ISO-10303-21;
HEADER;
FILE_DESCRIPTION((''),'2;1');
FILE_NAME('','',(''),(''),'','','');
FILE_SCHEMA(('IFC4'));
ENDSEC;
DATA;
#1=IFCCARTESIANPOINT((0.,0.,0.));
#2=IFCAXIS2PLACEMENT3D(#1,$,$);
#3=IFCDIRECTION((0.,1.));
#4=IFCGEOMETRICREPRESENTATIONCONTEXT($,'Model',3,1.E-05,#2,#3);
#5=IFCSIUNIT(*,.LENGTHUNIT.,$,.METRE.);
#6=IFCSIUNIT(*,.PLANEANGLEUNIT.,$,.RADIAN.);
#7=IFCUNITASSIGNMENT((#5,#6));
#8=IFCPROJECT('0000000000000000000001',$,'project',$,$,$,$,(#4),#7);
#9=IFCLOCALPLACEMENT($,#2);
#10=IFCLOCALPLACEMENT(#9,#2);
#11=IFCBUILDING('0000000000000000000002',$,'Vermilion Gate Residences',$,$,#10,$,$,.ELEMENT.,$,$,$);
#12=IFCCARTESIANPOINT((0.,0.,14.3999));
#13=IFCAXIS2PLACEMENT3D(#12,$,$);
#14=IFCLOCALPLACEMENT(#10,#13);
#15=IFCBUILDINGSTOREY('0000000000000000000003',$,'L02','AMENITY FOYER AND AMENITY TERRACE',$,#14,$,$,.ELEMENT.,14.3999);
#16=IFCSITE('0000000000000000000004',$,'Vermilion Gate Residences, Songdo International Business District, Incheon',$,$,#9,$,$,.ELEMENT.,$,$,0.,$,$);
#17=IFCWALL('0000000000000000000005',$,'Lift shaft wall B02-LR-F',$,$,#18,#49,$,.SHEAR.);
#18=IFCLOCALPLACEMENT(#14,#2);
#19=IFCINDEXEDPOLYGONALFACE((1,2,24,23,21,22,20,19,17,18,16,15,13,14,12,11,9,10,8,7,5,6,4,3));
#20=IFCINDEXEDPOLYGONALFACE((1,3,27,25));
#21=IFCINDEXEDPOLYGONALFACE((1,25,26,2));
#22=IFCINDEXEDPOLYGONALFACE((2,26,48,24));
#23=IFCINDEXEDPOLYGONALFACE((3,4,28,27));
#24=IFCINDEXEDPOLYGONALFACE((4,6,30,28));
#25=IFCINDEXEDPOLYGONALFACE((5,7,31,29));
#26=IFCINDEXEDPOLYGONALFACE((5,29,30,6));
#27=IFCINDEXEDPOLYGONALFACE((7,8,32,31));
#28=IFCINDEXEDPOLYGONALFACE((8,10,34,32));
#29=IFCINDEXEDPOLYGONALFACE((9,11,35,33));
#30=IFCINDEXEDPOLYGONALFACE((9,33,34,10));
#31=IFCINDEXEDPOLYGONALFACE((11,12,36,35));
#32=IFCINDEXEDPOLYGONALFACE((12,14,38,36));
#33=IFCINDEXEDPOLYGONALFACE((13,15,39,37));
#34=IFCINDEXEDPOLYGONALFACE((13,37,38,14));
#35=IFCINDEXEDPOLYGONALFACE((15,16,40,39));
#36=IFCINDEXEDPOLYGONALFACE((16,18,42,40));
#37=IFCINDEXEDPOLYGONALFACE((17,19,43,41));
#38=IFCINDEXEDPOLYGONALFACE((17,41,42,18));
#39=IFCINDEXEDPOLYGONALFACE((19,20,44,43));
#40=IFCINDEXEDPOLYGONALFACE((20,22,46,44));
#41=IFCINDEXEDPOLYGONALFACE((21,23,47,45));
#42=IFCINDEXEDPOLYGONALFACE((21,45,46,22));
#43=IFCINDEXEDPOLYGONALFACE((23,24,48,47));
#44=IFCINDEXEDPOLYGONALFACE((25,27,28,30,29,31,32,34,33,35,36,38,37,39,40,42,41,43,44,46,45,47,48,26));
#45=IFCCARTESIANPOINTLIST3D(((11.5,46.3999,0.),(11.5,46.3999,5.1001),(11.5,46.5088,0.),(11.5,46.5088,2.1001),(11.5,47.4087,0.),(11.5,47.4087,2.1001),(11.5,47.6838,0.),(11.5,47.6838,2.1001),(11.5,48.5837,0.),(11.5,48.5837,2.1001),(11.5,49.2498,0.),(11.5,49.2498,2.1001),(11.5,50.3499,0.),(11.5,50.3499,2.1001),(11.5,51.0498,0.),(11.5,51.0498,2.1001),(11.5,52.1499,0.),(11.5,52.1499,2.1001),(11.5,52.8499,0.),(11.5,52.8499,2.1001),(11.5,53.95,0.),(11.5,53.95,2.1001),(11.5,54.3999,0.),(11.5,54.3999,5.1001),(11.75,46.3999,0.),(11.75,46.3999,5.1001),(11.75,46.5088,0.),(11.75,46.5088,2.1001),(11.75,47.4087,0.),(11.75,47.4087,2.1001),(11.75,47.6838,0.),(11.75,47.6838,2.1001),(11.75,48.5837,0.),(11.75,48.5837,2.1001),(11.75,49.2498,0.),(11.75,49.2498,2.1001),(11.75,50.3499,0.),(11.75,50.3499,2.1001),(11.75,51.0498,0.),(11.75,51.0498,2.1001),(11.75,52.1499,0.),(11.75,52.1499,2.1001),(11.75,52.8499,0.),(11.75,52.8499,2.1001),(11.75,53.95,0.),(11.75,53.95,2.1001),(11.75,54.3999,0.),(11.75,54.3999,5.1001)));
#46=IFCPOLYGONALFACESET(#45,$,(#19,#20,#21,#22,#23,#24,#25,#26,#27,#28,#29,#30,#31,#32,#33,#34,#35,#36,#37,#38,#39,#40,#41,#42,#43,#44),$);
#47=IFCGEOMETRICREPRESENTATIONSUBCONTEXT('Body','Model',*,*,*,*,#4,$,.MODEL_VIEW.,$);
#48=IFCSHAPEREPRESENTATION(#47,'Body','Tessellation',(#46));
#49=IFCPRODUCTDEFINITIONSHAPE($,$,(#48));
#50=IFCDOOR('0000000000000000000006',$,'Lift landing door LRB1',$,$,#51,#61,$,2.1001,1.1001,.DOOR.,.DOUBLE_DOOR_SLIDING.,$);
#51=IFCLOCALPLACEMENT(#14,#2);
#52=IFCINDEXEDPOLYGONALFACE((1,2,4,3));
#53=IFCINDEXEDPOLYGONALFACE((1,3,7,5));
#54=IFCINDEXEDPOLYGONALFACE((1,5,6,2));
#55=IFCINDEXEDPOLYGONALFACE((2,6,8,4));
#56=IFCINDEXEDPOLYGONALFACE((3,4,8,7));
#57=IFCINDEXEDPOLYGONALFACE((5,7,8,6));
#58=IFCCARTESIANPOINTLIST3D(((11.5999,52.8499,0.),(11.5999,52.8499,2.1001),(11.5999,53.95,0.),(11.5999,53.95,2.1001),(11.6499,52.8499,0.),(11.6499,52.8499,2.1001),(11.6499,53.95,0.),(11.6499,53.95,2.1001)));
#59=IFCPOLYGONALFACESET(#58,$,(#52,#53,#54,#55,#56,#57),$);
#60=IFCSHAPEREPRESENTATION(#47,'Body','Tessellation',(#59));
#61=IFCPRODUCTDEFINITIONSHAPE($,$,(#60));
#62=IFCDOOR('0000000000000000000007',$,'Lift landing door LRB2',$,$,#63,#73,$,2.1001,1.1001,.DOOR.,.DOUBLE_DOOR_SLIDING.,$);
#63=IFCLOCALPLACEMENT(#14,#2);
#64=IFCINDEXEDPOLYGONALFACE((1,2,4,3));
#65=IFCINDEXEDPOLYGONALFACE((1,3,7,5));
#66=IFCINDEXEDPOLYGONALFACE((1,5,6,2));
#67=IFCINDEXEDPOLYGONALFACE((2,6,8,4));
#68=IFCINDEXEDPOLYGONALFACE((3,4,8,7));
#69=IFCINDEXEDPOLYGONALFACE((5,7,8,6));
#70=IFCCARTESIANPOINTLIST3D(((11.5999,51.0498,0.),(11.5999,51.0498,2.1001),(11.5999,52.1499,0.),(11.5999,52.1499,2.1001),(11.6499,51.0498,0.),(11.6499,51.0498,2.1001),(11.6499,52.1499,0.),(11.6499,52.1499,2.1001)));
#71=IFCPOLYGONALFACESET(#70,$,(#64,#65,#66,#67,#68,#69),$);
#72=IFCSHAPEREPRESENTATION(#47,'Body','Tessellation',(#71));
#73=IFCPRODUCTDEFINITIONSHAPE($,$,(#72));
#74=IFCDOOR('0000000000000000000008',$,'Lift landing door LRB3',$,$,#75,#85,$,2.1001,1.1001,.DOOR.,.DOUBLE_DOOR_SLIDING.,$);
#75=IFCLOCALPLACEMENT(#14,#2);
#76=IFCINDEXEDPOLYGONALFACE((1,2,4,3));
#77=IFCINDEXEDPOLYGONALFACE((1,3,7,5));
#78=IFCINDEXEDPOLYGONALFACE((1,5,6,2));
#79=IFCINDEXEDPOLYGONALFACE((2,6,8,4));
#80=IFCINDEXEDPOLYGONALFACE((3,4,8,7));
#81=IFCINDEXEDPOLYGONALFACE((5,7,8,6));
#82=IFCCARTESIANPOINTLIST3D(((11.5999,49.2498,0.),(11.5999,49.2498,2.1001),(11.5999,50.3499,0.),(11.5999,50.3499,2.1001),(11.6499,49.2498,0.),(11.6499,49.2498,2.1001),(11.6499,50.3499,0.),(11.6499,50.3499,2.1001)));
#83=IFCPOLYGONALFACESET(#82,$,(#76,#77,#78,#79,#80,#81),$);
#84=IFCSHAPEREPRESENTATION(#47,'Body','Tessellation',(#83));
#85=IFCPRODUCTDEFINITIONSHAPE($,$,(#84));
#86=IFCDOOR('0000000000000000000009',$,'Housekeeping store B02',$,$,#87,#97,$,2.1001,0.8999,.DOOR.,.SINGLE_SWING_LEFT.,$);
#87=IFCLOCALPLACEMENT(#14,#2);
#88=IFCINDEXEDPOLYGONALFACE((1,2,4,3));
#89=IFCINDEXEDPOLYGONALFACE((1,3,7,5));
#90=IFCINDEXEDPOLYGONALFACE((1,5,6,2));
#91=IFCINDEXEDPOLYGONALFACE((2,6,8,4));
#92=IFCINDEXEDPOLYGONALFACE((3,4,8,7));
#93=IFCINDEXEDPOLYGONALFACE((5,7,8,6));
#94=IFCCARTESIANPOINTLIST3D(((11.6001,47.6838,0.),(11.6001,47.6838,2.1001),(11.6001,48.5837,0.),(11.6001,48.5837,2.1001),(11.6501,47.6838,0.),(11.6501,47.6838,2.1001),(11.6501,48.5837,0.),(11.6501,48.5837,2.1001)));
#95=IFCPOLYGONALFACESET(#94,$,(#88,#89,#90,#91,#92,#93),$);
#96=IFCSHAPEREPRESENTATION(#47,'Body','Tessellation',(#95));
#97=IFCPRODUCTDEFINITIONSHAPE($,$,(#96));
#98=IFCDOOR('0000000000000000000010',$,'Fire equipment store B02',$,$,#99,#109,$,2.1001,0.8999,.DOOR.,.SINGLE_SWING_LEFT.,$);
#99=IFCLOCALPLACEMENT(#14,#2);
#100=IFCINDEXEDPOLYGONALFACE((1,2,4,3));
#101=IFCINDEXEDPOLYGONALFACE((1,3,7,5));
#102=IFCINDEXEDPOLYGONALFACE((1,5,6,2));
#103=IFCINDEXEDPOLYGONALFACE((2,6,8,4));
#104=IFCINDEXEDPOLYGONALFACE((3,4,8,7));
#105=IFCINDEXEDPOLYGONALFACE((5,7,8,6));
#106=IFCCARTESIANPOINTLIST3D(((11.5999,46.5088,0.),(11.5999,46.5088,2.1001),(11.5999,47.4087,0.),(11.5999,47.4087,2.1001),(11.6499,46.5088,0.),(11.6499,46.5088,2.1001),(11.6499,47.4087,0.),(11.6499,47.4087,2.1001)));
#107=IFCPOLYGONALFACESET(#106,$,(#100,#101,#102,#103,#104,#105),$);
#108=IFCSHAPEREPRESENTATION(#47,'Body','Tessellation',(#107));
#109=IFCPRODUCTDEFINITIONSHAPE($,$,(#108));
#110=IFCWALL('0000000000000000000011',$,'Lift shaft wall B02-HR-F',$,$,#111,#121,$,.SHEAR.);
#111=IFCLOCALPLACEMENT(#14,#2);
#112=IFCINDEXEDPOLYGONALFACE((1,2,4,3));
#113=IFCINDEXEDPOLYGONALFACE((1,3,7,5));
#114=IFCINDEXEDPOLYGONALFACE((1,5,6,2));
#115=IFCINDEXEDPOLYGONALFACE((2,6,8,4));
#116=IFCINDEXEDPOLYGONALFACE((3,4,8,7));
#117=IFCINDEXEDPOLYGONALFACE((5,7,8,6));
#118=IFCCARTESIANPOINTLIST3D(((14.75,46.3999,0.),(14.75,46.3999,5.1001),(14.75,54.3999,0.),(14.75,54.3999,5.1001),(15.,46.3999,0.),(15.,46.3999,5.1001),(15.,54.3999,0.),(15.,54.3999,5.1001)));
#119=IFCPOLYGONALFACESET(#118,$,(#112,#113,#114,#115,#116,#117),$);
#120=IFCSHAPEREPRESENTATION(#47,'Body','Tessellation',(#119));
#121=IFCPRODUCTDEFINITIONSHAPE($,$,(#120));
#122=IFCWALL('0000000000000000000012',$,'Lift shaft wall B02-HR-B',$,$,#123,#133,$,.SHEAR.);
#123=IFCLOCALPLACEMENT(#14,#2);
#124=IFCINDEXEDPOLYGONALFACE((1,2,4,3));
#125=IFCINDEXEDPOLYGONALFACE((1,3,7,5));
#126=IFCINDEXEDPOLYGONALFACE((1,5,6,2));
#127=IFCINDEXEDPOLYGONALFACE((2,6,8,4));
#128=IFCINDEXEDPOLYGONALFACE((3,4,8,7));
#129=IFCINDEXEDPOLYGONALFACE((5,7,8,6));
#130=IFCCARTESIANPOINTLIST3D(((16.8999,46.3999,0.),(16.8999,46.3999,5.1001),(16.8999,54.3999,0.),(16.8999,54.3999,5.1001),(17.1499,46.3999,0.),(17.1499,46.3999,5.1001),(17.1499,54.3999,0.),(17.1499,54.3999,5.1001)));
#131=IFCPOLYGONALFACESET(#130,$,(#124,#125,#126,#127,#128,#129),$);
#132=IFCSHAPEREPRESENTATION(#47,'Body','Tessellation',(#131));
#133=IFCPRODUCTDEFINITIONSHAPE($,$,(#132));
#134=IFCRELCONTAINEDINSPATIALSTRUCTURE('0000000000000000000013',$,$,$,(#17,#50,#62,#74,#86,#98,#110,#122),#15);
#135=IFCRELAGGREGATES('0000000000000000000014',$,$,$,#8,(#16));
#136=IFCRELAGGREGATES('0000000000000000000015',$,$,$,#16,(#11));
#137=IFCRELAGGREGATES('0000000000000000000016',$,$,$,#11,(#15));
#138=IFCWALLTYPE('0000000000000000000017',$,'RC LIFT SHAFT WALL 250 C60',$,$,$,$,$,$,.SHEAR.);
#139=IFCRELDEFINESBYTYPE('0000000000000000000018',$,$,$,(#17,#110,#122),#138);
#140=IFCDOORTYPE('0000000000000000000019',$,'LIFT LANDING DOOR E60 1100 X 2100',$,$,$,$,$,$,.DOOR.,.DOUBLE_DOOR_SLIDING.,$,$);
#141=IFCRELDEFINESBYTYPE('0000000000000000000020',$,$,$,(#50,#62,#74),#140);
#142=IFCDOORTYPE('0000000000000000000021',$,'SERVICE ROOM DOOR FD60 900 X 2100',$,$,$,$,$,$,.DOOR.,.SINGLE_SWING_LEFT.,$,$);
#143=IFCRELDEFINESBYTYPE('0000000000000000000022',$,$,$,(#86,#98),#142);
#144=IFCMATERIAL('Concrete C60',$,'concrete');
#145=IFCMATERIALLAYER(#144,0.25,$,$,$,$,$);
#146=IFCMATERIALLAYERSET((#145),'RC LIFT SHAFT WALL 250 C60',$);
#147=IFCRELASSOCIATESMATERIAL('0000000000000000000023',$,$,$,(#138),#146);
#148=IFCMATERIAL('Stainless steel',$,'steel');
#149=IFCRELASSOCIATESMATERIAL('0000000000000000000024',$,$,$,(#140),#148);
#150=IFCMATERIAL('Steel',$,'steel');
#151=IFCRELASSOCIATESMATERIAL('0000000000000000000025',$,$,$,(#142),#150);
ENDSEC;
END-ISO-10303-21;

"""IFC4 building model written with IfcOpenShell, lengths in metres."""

from ifc_helpers import new_model, si_unit, direction, frame, frame_2d, origin, place, context, subcontext, project, spatial, rectangle, extrude, material, layer, layer_set, type_object, element, fill, save


model = new_model("IFC4")

# Units and contexts
model_context = context("Model", 3, precision=1e-05, world=origin(), true_north=direction((0.0, 1.0)))
body_context = subcontext(model_context, "Body", "Model", "MODEL_VIEW")
ifc_project = project(units=[si_unit("LENGTHUNIT", "METRE"), si_unit("PLANEANGLEUNIT", "RADIAN")], contexts=[model_context])

# Site, building, storey
site_placement = place(None, origin())
site = spatial("IfcSite", under=ifc_project, at=site_placement, Name="Vermilion Gate Residences, Songdo International Business District, Incheon", CompositionType="ELEMENT", RefElevation=0.0)
building_placement = place(site_placement, origin())
building = spatial("IfcBuilding", under=site, at=building_placement, Name="Vermilion Gate Residences", CompositionType="ELEMENT")
storey_placement = place(building_placement, frame((0.0, 0.0, 14.3999)))
storey = spatial("IfcBuildingStorey", under=building, at=storey_placement, Name="L02", Description="AMENITY FOYER AND AMENITY TERRACE", CompositionType="ELEMENT", Elevation=14.3999)

# Wall, openings, doors
ifc_material_1 = material(Name="Concrete C60", Category="concrete")
ifc_layer_1 = layer(ifc_material_1, 0.25)
ifc_layer_set_1 = layer_set([ifc_layer_1], Name="RC LIFT SHAFT WALL 250 C60")
wall_type_1 = type_object("IfcWallType", Name="RC LIFT SHAFT WALL 250 C60", PredefinedType="SHEAR", material=ifc_layer_set_1)
wall_1_placement = place(storey_placement, frame((11.625, 54.3999, 0.0), z_axis=(0.0, 0.0, 1.0), x_axis=(0.0, -1.0, 0.0)))
wall_1 = element("IfcWall", 1, at=wall_1_placement, inside=storey, type_object=wall_type_1, Name="Lift shaft wall B02-LR-F", PredefinedType="SHEAR", context=body_context, shape_type="SweptSolid", body=[
    extrude(rectangle(XDim=8.0, YDim=0.25, at=frame_2d((4.0, 0.0))), origin(), (0.0, 0.0, 1.0), 5.1001),
])
opening_1_placement = place(wall_1_placement, frame((0.45, 0.0, 0.0)))
opening_1 = element("IfcOpeningElement", 2, at=opening_1_placement, cuts=wall_1, PredefinedType="OPENING", context=body_context, shape_type="SweptSolid", body=[
    extrude(rectangle(XDim=1.1001, YDim=2.1001, at=frame_2d((0.55, 1.05))), frame((0.0, 0.135, 0.0), z_axis=(0.0, -1.0, 0.0), x_axis=(1.0, 0.0, 0.0)), (0.0, 0.0, 1.0), 0.27),
])
opening_2_placement = place(wall_1_placement, frame((2.25, 0.0, 0.0)))
opening_2 = element("IfcOpeningElement", 3, at=opening_2_placement, cuts=wall_1, PredefinedType="OPENING", context=body_context, shape_type="SweptSolid", body=[
    extrude(rectangle(XDim=1.1001, YDim=2.1001, at=frame_2d((0.55, 1.05))), frame((0.0, 0.135, 0.0), z_axis=(0.0, -1.0, 0.0), x_axis=(1.0, 0.0, 0.0)), (0.0, 0.0, 1.0), 0.27),
])
opening_3_placement = place(wall_1_placement, frame((4.05, 0.0, 0.0)))
opening_3 = element("IfcOpeningElement", 4, at=opening_3_placement, cuts=wall_1, PredefinedType="OPENING", context=body_context, shape_type="SweptSolid", body=[
    extrude(rectangle(XDim=1.1001, YDim=2.1001, at=frame_2d((0.55, 1.05))), frame((0.0, 0.135, 0.0), z_axis=(0.0, -1.0, 0.0), x_axis=(1.0, 0.0, 0.0)), (0.0, 0.0, 1.0), 0.27),
])
opening_4_placement = place(wall_1_placement, frame((5.8162, 0.0, 0.0)))
opening_4 = element("IfcOpeningElement", 5, at=opening_4_placement, cuts=wall_1, PredefinedType="OPENING", context=body_context, shape_type="SweptSolid", body=[
    extrude(rectangle(XDim=0.8999, YDim=2.1001, at=frame_2d((0.45, 1.05))), frame((0.0, 0.135, 0.0), z_axis=(0.0, -1.0, 0.0), x_axis=(1.0, 0.0, 0.0)), (0.0, 0.0, 1.0), 0.27),
])
opening_5_placement = place(wall_1_placement, frame((6.9912, 0.0, 0.0)))
opening_5 = element("IfcOpeningElement", 6, at=opening_5_placement, cuts=wall_1, PredefinedType="OPENING", context=body_context, shape_type="SweptSolid", body=[
    extrude(rectangle(XDim=0.8999, YDim=2.1001, at=frame_2d((0.45, 1.05))), frame((0.0, 0.135, 0.0), z_axis=(0.0, -1.0, 0.0), x_axis=(1.0, 0.0, 0.0)), (0.0, 0.0, 1.0), 0.27),
])
ifc_material_2 = material(Name="Stainless steel", Category="steel")
door_type_1 = type_object("IfcDoorType", Name="LIFT LANDING DOOR E60 1100 X 2100", OperationType="DOUBLE_DOOR_SLIDING", PredefinedType="DOOR", material=ifc_material_2)
door_1_placement = place(opening_1_placement, origin())
door_1 = element("IfcDoor", 7, at=door_1_placement, inside=storey, type_object=door_type_1, Name="Lift landing door LRB1", OperationType="DOUBLE_DOOR_SLIDING", OverallHeight=2.1001, OverallWidth=1.1001, PredefinedType="DOOR", context=body_context, shape_type="SweptSolid", body=[
    extrude(rectangle(XDim=1.1001, YDim=2.1001, at=frame_2d((0.55, 1.05))), frame((0.0, 0.0249, 0.0), z_axis=(0.0, -1.0, 0.0), x_axis=(1.0, 0.0, 0.0)), (0.0, 0.0, 1.0), 0.05),
])
fill(opening_1, door_1)
door_2_placement = place(opening_2_placement, origin())
door_2 = element("IfcDoor", 8, at=door_2_placement, inside=storey, type_object=door_type_1, Name="Lift landing door LRB2", OperationType="DOUBLE_DOOR_SLIDING", OverallHeight=2.1001, OverallWidth=1.1001, PredefinedType="DOOR", context=body_context, shape_type="SweptSolid", body=[
    extrude(rectangle(XDim=1.1001, YDim=2.1001, at=frame_2d((0.55, 1.05))), frame((0.0, 0.0249, 0.0), z_axis=(0.0, -1.0, 0.0), x_axis=(1.0, 0.0, 0.0)), (0.0, 0.0, 1.0), 0.05),
])
fill(opening_2, door_2)
door_3_placement = place(opening_3_placement, origin())
door_3 = element("IfcDoor", 9, at=door_3_placement, inside=storey, type_object=door_type_1, Name="Lift landing door LRB3", OperationType="DOUBLE_DOOR_SLIDING", OverallHeight=2.1001, OverallWidth=1.1001, PredefinedType="DOOR", context=body_context, shape_type="SweptSolid", body=[
    extrude(rectangle(XDim=1.1001, YDim=2.1001, at=frame_2d((0.55, 1.05))), frame((0.0, 0.0249, 0.0), z_axis=(0.0, -1.0, 0.0), x_axis=(1.0, 0.0, 0.0)), (0.0, 0.0, 1.0), 0.05),
])
fill(opening_3, door_3)
ifc_material_3 = material(Name="Steel", Category="steel")
door_type_2 = type_object("IfcDoorType", Name="SERVICE ROOM DOOR FD60 900 X 2100", OperationType="SINGLE_SWING_LEFT", PredefinedType="DOOR", material=ifc_material_3)
door_4_placement = place(opening_4_placement, frame((0.8999, 0.0, 0.0), z_axis=(0.0, 0.0, 1.0), x_axis=(-1.0, 0.0, 0.0)))
door_4 = element("IfcDoor", 10, at=door_4_placement, inside=storey, type_object=door_type_2, Name="Housekeeping store B02", OperationType="SINGLE_SWING_LEFT", OverallHeight=2.1001, OverallWidth=0.8999, PredefinedType="DOOR", context=body_context, shape_type="SweptSolid", body=[
    extrude(rectangle(XDim=0.8999, YDim=2.1001, at=frame_2d((0.45, 1.05))), frame((0.0, 0.0249, 0.0), z_axis=(0.0, -1.0, 0.0), x_axis=(1.0, 0.0, 0.0)), (0.0, 0.0, 1.0), 0.05),
])
fill(opening_4, door_4)
door_5_placement = place(opening_5_placement, origin())
door_5 = element("IfcDoor", 11, at=door_5_placement, inside=storey, type_object=door_type_2, Name="Fire equipment store B02", OperationType="SINGLE_SWING_LEFT", OverallHeight=2.1001, OverallWidth=0.8999, PredefinedType="DOOR", context=body_context, shape_type="SweptSolid", body=[
    extrude(rectangle(XDim=0.8999, YDim=2.1001, at=frame_2d((0.45, 1.05))), frame((0.0, 0.0249, 0.0), z_axis=(0.0, -1.0, 0.0), x_axis=(1.0, 0.0, 0.0)), (0.0, 0.0, 1.0), 0.05),
])
fill(opening_5, door_5)

# Walls
for number, where, z_axis, x_axis, name in (
    (12, (14.875, 54.3999, 0.0), (0.0, 0.0, 1.0), (0.0, -1.0, 0.0), "Lift shaft wall B02-HR-F"),
    (13, (17.0249, 54.3999, 0.0), (0.0, 0.0, 1.0), (0.0, -1.0, 0.0), "Lift shaft wall B02-HR-B"),
):
    element("IfcWall", number, at=place(storey_placement, frame(where, z_axis=z_axis, x_axis=x_axis)), inside=storey, type_object=wall_type_1, Name=name, PredefinedType="SHEAR", context=body_context, shape_type="SweptSolid", body=[
        extrude(rectangle(XDim=8.0, YDim=0.25, at=frame_2d((4.0, 0.0))), origin(), (0.0, 0.0, 1.0), 5.1001),
    ])

save(model, "model.ifc")
